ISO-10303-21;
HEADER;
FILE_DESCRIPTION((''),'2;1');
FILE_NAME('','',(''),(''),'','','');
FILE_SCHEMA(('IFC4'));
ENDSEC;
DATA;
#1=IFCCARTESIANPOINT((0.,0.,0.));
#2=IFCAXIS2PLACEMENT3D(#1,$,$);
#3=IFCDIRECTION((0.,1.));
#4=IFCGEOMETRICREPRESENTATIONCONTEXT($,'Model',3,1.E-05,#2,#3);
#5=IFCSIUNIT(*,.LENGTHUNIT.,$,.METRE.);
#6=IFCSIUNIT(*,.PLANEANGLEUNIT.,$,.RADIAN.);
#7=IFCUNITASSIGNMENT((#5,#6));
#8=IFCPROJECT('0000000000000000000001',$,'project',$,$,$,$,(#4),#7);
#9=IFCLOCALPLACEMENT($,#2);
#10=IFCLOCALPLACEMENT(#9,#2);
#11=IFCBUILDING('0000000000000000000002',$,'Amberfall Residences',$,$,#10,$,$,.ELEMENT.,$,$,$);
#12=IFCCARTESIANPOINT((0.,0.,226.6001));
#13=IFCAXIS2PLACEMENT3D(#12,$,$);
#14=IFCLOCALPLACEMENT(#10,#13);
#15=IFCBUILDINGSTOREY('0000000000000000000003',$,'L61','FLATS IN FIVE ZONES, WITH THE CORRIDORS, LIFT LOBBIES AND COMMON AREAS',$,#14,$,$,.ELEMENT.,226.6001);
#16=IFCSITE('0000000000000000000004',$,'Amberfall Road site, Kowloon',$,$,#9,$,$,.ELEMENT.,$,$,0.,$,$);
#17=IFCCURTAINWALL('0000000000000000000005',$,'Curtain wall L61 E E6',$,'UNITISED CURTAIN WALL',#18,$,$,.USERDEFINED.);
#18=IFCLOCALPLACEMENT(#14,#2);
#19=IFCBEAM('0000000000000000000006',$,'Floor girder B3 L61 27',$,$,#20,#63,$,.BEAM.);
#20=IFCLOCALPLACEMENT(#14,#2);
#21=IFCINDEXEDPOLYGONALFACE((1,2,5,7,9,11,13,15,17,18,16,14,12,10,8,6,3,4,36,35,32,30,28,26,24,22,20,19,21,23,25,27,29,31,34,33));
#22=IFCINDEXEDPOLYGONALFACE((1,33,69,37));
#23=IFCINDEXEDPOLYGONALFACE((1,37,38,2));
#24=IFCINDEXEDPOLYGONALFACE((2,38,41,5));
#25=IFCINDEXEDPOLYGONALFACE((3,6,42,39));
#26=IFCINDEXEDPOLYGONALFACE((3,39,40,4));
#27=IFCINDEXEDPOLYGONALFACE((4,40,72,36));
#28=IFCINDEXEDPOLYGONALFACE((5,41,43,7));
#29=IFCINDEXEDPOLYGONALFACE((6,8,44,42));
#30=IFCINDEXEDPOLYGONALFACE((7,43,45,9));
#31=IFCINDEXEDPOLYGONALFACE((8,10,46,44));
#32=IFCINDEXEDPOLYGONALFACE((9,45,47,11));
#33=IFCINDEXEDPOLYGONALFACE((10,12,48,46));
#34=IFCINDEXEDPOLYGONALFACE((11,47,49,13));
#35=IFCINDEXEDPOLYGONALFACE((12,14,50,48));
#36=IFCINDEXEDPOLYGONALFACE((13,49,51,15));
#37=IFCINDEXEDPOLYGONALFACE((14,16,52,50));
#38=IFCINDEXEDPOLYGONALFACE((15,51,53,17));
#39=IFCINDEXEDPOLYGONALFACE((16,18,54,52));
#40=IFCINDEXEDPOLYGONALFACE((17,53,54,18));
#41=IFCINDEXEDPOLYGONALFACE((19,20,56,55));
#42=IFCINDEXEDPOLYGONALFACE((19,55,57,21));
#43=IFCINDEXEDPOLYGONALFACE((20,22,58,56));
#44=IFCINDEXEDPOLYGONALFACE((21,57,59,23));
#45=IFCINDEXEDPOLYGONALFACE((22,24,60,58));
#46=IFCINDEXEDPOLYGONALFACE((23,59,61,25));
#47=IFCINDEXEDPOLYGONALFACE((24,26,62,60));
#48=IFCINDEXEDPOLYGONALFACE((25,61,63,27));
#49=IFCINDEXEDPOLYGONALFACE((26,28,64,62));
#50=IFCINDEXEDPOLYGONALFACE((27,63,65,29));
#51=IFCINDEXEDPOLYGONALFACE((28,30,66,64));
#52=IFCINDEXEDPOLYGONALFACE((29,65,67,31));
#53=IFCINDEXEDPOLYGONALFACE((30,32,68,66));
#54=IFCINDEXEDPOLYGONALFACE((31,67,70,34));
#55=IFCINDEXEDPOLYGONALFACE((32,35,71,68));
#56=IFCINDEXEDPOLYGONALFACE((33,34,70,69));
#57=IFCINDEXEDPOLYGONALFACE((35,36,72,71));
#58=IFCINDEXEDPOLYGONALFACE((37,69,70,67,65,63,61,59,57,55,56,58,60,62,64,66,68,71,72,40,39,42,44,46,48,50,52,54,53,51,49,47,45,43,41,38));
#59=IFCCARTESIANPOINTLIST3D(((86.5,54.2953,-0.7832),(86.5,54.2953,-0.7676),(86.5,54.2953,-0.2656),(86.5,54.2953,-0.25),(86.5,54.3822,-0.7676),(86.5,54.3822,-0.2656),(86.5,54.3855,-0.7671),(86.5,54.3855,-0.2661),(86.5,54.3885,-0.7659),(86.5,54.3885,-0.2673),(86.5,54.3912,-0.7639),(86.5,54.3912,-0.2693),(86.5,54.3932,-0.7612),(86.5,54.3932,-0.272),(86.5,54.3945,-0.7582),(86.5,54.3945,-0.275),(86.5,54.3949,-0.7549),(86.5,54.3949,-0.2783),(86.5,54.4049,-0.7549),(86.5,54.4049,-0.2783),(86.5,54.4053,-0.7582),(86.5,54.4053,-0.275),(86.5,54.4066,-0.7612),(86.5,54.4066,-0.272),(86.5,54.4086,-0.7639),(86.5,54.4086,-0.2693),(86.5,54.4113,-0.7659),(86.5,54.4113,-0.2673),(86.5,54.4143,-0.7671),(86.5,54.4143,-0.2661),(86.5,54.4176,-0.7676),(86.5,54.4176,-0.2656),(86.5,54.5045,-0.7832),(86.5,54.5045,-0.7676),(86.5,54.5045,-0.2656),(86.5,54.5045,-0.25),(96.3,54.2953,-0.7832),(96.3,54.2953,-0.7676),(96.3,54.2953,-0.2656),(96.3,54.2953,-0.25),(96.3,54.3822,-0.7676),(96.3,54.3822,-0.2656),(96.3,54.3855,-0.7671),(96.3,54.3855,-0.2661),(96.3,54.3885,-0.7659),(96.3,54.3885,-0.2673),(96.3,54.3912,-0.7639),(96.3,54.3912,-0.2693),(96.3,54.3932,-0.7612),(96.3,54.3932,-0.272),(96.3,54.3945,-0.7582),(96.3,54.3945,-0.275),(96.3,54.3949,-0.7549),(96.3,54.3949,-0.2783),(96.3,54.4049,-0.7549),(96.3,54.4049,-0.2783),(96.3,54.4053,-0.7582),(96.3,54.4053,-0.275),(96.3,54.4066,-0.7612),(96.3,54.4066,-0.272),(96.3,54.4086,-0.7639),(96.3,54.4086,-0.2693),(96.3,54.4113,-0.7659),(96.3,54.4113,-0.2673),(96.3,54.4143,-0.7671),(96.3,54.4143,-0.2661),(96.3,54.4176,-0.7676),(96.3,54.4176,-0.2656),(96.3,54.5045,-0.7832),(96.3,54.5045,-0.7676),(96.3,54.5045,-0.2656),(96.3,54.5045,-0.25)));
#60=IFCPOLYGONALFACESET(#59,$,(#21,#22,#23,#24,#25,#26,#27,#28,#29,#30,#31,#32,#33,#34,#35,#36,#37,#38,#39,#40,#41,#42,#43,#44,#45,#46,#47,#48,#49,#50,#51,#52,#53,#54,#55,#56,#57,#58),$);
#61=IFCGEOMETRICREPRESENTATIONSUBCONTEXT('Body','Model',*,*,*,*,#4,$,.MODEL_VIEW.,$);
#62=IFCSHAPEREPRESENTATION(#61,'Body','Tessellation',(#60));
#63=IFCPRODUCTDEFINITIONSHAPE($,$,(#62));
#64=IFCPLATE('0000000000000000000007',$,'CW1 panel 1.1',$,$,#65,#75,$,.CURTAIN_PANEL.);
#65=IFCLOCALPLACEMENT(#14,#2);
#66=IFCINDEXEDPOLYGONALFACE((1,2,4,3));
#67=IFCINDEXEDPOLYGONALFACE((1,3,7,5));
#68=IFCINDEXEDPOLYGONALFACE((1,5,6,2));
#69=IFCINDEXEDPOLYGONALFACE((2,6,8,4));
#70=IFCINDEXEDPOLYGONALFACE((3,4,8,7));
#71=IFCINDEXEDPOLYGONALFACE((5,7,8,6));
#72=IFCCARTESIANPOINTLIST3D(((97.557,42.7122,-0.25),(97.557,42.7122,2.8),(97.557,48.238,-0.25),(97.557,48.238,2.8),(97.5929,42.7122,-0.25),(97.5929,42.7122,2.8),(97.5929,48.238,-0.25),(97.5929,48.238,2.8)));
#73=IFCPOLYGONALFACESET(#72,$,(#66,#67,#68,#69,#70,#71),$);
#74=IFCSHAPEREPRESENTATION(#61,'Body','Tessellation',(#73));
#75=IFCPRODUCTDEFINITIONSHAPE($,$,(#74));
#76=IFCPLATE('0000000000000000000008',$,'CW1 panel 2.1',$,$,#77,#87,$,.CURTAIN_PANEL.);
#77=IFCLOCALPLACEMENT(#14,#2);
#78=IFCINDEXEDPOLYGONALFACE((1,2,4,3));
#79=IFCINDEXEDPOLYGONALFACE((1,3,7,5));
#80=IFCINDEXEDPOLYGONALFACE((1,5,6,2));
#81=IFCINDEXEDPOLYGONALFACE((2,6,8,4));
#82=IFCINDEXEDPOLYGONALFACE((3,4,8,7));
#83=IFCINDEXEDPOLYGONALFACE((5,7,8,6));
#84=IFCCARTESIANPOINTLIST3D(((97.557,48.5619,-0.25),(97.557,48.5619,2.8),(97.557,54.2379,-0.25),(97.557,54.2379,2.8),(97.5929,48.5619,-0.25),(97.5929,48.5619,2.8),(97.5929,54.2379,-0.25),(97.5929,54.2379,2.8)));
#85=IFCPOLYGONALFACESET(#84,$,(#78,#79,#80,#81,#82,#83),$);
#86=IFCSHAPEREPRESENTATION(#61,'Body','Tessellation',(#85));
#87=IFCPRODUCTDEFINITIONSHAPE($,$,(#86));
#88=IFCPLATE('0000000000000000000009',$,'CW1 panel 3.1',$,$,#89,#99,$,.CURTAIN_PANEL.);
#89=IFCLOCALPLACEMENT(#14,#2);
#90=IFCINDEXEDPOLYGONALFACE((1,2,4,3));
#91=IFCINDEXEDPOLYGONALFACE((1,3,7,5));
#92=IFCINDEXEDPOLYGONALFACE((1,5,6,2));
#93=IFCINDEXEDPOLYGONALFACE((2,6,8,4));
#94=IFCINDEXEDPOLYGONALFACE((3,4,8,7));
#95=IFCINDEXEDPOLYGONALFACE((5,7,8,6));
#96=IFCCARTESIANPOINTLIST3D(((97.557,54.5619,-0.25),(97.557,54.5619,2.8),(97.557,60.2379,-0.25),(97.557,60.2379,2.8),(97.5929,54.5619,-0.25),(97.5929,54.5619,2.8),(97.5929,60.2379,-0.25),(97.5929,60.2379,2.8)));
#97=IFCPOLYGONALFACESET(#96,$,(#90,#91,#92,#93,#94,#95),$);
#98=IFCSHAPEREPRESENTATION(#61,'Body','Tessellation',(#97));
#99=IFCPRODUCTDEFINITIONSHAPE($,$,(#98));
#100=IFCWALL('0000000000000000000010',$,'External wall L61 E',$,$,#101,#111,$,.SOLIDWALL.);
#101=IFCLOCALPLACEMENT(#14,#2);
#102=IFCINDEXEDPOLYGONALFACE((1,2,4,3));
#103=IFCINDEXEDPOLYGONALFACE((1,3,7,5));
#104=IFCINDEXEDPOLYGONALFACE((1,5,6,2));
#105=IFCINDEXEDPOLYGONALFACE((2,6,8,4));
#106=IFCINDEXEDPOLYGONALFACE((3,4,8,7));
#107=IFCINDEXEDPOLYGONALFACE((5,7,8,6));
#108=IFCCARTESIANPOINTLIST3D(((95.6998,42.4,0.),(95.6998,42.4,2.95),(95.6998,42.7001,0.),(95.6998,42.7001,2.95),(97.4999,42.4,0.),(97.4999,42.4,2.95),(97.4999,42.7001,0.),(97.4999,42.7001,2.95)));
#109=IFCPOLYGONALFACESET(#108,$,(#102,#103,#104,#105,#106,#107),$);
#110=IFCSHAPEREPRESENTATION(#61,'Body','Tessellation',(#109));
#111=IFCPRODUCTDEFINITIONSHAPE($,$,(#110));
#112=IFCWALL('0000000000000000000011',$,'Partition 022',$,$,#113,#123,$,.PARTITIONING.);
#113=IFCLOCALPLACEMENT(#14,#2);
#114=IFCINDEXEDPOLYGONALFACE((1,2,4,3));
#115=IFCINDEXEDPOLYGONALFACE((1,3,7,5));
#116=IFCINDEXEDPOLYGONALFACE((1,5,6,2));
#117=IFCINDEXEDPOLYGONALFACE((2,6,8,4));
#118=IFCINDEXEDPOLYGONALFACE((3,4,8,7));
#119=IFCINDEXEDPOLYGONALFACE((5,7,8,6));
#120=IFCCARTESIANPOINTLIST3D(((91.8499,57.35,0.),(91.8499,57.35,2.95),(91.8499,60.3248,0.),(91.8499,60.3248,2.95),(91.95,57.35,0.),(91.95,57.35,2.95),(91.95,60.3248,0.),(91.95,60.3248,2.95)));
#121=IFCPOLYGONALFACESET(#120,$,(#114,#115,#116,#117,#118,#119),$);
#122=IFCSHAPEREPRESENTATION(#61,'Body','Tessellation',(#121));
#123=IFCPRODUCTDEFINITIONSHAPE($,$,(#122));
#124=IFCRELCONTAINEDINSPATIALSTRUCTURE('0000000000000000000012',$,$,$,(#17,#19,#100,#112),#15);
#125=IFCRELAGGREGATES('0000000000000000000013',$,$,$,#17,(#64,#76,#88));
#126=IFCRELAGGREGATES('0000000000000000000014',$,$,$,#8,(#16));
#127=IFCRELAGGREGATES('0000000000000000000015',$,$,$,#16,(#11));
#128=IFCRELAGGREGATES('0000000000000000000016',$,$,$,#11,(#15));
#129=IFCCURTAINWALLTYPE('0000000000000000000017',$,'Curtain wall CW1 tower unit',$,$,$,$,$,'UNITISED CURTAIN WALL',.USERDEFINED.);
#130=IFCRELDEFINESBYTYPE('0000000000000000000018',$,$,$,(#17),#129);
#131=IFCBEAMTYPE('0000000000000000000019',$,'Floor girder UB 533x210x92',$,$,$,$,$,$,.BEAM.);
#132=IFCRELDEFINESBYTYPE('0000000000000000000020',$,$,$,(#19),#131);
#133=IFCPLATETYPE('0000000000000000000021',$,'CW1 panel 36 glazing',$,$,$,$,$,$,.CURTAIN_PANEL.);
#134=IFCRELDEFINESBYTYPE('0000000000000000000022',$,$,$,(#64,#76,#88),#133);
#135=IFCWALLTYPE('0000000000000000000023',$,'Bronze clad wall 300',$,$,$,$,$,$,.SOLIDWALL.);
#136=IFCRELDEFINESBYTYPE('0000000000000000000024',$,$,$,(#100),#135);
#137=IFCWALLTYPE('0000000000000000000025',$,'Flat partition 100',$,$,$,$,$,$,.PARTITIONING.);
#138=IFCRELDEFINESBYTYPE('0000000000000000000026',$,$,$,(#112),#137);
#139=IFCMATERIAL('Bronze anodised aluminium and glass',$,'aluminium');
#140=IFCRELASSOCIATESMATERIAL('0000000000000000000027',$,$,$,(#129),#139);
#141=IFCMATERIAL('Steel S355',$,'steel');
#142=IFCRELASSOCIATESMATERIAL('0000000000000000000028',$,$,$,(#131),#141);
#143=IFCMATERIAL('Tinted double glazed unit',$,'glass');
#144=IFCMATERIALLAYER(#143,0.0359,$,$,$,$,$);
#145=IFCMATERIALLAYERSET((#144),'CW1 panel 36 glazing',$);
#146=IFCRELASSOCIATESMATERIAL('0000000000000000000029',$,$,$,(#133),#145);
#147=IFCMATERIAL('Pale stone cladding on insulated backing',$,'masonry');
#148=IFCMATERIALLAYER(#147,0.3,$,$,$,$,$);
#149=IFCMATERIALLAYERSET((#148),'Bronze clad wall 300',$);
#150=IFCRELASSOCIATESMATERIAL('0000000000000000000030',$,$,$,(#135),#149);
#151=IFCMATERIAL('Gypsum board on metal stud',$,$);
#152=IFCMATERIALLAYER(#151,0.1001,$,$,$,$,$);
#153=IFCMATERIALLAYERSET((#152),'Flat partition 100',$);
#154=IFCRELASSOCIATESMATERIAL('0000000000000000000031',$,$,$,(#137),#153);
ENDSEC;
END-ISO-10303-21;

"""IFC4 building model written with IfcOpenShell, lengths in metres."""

from ifc_helpers import new_model, si_unit, direction, frame, frame_2d, origin, origin_2d, place, context, subcontext, project, spatial, rectangle, i_section, extrude, material, layer, layer_set, material_profile, profile_set, type_object, element, aggregate, save


model = new_model("IFC4")

# Units and contexts
model_context = context("Model", 3, precision=1e-05, world=origin(), true_north=direction((0.0, 1.0)))
body_context = subcontext(model_context, "Body", "Model", "MODEL_VIEW")
ifc_project = project(units=[si_unit("LENGTHUNIT", "METRE"), si_unit("PLANEANGLEUNIT", "RADIAN")], contexts=[model_context])

# Site, building, storey
site_placement = place(None, origin())
site = spatial("IfcSite", under=ifc_project, at=site_placement, Name="Amberfall Road site, Kowloon", CompositionType="ELEMENT", RefElevation=0.0)
building_placement = place(site_placement, origin())
building = spatial("IfcBuilding", under=site, at=building_placement, Name="Amberfall Residences", CompositionType="ELEMENT")
storey_placement = place(building_placement, frame((0.0, 0.0, 226.6001)))
storey = spatial("IfcBuildingStorey", under=building, at=storey_placement, Name="L61", Description="FLATS IN FIVE ZONES, WITH THE CORRIDORS, LIFT LOBBIES AND COMMON AREAS", CompositionType="ELEMENT", Elevation=226.6001)

# Curtain wall
ifc_material_1 = material(Name="Bronze anodised aluminium and glass", Category="aluminium")
curtain_wall_type = type_object("IfcCurtainWallType", Name="Curtain wall CW1 tower unit", ElementType="UNITISED CURTAIN WALL", PredefinedType="USERDEFINED", material=ifc_material_1)
curtain_wall_placement = place(storey_placement, origin())
curtain_wall = element("IfcCurtainWall", 1, at=curtain_wall_placement, inside=storey, type_object=curtain_wall_type, Name="Curtain wall L61 E E6", ObjectType="UNITISED CURTAIN WALL", PredefinedType="USERDEFINED")

# Shared definitions
ifc_material_2 = material(Name="Steel S355", Category="steel")

# Beam
ifc_material_profile_1 = material_profile(ifc_material_2, i_section(OverallWidth=0.2092, OverallDepth=0.5332, WebThickness=0.01, FlangeThickness=0.0156, FilletRadius=0.0127, at=origin_2d()), Name="UB 533x210x92")
ifc_profile_set_1 = profile_set([ifc_material_profile_1], Name="Steel S355")
beam_type_1 = type_object("IfcBeamType", Name="Floor girder UB 533x210x92", PredefinedType="BEAM", material=ifc_profile_set_1)
for number, where, z_axis, x_axis, name in (
    (2, (96.3, 54.3999, -0.5166), (-1.0, 0.0, 0.0), (0.0, -1.0, 0.0), "Floor girder B3 L61 27"),
):
    element("IfcBeam", number, at=place(storey_placement, frame(where, z_axis=z_axis, x_axis=x_axis)), inside=storey, type_object=beam_type_1, Name=name, PredefinedType="BEAM", context=body_context, shape_type="SweptSolid", body=[
        extrude(i_section(OverallWidth=0.2092, OverallDepth=0.5332, WebThickness=0.01, FlangeThickness=0.0156, FilletRadius=0.0127, at=origin_2d()), origin(), (0.0, 0.0, 1.0), 9.8),
    ])

# Plates
ifc_material_3 = material(Name="Tinted double glazed unit", Category="glass")
ifc_layer_1 = layer(ifc_material_3, 0.0359)
ifc_layer_set_1 = layer_set([ifc_layer_1], Name="CW1 panel 36 glazing")
plate_type = type_object("IfcPlateType", Name="CW1 panel 36 glazing", PredefinedType="CURTAIN_PANEL", material=ifc_layer_set_1)
plate_1_placement = place(storey_placement, frame((97.575, 45.4751, -0.25), z_axis=(0.0, 0.0, 1.0), x_axis=(0.0, 1.0, 0.0)))
plate_1 = element("IfcPlate", 3, at=plate_1_placement, type_object=plate_type, Name="CW1 panel 1.1", PredefinedType="CURTAIN_PANEL", context=body_context, shape_type="SweptSolid", body=[
    extrude(rectangle(XDim=5.5259, YDim=0.0359, at=origin_2d()), origin(), (0.0, 0.0, 1.0), 3.05),
])
plate_2_placement = place(storey_placement, frame((97.575, 51.3999, -0.25), z_axis=(0.0, 0.0, 1.0), x_axis=(0.0, 1.0, 0.0)))
plate_2 = element("IfcPlate", 4, at=plate_2_placement, type_object=plate_type, Name="CW1 panel 2.1", PredefinedType="CURTAIN_PANEL", context=body_context, shape_type="SweptSolid", body=[
    extrude(rectangle(XDim=5.676, YDim=0.0359, at=origin_2d()), origin(), (0.0, 0.0, 1.0), 3.05),
])
plate_3_placement = place(storey_placement, frame((97.575, 57.3999, -0.25), z_axis=(0.0, 0.0, 1.0), x_axis=(0.0, 1.0, 0.0)))
plate_3 = element("IfcPlate", 5, at=plate_3_placement, type_object=plate_type, Name="CW1 panel 3.1", PredefinedType="CURTAIN_PANEL", context=body_context, shape_type="SweptSolid", body=[
    extrude(rectangle(XDim=5.676, YDim=0.0359, at=origin_2d()), origin(), (0.0, 0.0, 1.0), 3.05),
])
aggregate(curtain_wall, [plate_1, plate_2, plate_3])

# Walls
ifc_material_4 = material(Name="Pale stone cladding on insulated backing", Category="masonry")
ifc_layer_2 = layer(ifc_material_4, 0.3)
ifc_layer_set_2 = layer_set([ifc_layer_2], Name="Bronze clad wall 300")
wall_type_1 = type_object("IfcWallType", Name="Bronze clad wall 300", PredefinedType="SOLIDWALL", material=ifc_layer_set_2)
wall_1_placement = place(storey_placement, frame((95.7, 42.55, 0.0), z_axis=(0.0, 0.0, 1.0), x_axis=(1.0, 0.0, 0.0)))
element("IfcWall", 6, at=wall_1_placement, inside=storey, type_object=wall_type_1, Name="External wall L61 E", PredefinedType="SOLIDWALL", context=body_context, shape_type="SweptSolid", body=[
    extrude(rectangle(XDim=1.8, YDim=0.3, at=frame_2d((0.8999, 0.0))), origin(), (0.0, 0.0, 1.0), 2.95),
])
ifc_material_5 = material(Name="Gypsum board on metal stud")
ifc_layer_3 = layer(ifc_material_5, 0.1001)
ifc_layer_set_3 = layer_set([ifc_layer_3], Name="Flat partition 100")
wall_type_2 = type_object("IfcWallType", Name="Flat partition 100", PredefinedType="PARTITIONING", material=ifc_layer_set_3)
wall_2_placement = place(storey_placement, frame((91.8999, 57.3501, 0.0), z_axis=(0.0, 0.0, 1.0), x_axis=(0.0, 1.0, 0.0)))
element("IfcWall", 7, at=wall_2_placement, inside=storey, type_object=wall_type_2, Name="Partition 022", PredefinedType="PARTITIONING", context=body_context, shape_type="SweptSolid", body=[
    extrude(rectangle(XDim=2.9749, YDim=0.1001, at=frame_2d((1.4873, 0.0))), origin(), (0.0, 0.0, 1.0), 2.95),
])

save(model, "model.ifc")
